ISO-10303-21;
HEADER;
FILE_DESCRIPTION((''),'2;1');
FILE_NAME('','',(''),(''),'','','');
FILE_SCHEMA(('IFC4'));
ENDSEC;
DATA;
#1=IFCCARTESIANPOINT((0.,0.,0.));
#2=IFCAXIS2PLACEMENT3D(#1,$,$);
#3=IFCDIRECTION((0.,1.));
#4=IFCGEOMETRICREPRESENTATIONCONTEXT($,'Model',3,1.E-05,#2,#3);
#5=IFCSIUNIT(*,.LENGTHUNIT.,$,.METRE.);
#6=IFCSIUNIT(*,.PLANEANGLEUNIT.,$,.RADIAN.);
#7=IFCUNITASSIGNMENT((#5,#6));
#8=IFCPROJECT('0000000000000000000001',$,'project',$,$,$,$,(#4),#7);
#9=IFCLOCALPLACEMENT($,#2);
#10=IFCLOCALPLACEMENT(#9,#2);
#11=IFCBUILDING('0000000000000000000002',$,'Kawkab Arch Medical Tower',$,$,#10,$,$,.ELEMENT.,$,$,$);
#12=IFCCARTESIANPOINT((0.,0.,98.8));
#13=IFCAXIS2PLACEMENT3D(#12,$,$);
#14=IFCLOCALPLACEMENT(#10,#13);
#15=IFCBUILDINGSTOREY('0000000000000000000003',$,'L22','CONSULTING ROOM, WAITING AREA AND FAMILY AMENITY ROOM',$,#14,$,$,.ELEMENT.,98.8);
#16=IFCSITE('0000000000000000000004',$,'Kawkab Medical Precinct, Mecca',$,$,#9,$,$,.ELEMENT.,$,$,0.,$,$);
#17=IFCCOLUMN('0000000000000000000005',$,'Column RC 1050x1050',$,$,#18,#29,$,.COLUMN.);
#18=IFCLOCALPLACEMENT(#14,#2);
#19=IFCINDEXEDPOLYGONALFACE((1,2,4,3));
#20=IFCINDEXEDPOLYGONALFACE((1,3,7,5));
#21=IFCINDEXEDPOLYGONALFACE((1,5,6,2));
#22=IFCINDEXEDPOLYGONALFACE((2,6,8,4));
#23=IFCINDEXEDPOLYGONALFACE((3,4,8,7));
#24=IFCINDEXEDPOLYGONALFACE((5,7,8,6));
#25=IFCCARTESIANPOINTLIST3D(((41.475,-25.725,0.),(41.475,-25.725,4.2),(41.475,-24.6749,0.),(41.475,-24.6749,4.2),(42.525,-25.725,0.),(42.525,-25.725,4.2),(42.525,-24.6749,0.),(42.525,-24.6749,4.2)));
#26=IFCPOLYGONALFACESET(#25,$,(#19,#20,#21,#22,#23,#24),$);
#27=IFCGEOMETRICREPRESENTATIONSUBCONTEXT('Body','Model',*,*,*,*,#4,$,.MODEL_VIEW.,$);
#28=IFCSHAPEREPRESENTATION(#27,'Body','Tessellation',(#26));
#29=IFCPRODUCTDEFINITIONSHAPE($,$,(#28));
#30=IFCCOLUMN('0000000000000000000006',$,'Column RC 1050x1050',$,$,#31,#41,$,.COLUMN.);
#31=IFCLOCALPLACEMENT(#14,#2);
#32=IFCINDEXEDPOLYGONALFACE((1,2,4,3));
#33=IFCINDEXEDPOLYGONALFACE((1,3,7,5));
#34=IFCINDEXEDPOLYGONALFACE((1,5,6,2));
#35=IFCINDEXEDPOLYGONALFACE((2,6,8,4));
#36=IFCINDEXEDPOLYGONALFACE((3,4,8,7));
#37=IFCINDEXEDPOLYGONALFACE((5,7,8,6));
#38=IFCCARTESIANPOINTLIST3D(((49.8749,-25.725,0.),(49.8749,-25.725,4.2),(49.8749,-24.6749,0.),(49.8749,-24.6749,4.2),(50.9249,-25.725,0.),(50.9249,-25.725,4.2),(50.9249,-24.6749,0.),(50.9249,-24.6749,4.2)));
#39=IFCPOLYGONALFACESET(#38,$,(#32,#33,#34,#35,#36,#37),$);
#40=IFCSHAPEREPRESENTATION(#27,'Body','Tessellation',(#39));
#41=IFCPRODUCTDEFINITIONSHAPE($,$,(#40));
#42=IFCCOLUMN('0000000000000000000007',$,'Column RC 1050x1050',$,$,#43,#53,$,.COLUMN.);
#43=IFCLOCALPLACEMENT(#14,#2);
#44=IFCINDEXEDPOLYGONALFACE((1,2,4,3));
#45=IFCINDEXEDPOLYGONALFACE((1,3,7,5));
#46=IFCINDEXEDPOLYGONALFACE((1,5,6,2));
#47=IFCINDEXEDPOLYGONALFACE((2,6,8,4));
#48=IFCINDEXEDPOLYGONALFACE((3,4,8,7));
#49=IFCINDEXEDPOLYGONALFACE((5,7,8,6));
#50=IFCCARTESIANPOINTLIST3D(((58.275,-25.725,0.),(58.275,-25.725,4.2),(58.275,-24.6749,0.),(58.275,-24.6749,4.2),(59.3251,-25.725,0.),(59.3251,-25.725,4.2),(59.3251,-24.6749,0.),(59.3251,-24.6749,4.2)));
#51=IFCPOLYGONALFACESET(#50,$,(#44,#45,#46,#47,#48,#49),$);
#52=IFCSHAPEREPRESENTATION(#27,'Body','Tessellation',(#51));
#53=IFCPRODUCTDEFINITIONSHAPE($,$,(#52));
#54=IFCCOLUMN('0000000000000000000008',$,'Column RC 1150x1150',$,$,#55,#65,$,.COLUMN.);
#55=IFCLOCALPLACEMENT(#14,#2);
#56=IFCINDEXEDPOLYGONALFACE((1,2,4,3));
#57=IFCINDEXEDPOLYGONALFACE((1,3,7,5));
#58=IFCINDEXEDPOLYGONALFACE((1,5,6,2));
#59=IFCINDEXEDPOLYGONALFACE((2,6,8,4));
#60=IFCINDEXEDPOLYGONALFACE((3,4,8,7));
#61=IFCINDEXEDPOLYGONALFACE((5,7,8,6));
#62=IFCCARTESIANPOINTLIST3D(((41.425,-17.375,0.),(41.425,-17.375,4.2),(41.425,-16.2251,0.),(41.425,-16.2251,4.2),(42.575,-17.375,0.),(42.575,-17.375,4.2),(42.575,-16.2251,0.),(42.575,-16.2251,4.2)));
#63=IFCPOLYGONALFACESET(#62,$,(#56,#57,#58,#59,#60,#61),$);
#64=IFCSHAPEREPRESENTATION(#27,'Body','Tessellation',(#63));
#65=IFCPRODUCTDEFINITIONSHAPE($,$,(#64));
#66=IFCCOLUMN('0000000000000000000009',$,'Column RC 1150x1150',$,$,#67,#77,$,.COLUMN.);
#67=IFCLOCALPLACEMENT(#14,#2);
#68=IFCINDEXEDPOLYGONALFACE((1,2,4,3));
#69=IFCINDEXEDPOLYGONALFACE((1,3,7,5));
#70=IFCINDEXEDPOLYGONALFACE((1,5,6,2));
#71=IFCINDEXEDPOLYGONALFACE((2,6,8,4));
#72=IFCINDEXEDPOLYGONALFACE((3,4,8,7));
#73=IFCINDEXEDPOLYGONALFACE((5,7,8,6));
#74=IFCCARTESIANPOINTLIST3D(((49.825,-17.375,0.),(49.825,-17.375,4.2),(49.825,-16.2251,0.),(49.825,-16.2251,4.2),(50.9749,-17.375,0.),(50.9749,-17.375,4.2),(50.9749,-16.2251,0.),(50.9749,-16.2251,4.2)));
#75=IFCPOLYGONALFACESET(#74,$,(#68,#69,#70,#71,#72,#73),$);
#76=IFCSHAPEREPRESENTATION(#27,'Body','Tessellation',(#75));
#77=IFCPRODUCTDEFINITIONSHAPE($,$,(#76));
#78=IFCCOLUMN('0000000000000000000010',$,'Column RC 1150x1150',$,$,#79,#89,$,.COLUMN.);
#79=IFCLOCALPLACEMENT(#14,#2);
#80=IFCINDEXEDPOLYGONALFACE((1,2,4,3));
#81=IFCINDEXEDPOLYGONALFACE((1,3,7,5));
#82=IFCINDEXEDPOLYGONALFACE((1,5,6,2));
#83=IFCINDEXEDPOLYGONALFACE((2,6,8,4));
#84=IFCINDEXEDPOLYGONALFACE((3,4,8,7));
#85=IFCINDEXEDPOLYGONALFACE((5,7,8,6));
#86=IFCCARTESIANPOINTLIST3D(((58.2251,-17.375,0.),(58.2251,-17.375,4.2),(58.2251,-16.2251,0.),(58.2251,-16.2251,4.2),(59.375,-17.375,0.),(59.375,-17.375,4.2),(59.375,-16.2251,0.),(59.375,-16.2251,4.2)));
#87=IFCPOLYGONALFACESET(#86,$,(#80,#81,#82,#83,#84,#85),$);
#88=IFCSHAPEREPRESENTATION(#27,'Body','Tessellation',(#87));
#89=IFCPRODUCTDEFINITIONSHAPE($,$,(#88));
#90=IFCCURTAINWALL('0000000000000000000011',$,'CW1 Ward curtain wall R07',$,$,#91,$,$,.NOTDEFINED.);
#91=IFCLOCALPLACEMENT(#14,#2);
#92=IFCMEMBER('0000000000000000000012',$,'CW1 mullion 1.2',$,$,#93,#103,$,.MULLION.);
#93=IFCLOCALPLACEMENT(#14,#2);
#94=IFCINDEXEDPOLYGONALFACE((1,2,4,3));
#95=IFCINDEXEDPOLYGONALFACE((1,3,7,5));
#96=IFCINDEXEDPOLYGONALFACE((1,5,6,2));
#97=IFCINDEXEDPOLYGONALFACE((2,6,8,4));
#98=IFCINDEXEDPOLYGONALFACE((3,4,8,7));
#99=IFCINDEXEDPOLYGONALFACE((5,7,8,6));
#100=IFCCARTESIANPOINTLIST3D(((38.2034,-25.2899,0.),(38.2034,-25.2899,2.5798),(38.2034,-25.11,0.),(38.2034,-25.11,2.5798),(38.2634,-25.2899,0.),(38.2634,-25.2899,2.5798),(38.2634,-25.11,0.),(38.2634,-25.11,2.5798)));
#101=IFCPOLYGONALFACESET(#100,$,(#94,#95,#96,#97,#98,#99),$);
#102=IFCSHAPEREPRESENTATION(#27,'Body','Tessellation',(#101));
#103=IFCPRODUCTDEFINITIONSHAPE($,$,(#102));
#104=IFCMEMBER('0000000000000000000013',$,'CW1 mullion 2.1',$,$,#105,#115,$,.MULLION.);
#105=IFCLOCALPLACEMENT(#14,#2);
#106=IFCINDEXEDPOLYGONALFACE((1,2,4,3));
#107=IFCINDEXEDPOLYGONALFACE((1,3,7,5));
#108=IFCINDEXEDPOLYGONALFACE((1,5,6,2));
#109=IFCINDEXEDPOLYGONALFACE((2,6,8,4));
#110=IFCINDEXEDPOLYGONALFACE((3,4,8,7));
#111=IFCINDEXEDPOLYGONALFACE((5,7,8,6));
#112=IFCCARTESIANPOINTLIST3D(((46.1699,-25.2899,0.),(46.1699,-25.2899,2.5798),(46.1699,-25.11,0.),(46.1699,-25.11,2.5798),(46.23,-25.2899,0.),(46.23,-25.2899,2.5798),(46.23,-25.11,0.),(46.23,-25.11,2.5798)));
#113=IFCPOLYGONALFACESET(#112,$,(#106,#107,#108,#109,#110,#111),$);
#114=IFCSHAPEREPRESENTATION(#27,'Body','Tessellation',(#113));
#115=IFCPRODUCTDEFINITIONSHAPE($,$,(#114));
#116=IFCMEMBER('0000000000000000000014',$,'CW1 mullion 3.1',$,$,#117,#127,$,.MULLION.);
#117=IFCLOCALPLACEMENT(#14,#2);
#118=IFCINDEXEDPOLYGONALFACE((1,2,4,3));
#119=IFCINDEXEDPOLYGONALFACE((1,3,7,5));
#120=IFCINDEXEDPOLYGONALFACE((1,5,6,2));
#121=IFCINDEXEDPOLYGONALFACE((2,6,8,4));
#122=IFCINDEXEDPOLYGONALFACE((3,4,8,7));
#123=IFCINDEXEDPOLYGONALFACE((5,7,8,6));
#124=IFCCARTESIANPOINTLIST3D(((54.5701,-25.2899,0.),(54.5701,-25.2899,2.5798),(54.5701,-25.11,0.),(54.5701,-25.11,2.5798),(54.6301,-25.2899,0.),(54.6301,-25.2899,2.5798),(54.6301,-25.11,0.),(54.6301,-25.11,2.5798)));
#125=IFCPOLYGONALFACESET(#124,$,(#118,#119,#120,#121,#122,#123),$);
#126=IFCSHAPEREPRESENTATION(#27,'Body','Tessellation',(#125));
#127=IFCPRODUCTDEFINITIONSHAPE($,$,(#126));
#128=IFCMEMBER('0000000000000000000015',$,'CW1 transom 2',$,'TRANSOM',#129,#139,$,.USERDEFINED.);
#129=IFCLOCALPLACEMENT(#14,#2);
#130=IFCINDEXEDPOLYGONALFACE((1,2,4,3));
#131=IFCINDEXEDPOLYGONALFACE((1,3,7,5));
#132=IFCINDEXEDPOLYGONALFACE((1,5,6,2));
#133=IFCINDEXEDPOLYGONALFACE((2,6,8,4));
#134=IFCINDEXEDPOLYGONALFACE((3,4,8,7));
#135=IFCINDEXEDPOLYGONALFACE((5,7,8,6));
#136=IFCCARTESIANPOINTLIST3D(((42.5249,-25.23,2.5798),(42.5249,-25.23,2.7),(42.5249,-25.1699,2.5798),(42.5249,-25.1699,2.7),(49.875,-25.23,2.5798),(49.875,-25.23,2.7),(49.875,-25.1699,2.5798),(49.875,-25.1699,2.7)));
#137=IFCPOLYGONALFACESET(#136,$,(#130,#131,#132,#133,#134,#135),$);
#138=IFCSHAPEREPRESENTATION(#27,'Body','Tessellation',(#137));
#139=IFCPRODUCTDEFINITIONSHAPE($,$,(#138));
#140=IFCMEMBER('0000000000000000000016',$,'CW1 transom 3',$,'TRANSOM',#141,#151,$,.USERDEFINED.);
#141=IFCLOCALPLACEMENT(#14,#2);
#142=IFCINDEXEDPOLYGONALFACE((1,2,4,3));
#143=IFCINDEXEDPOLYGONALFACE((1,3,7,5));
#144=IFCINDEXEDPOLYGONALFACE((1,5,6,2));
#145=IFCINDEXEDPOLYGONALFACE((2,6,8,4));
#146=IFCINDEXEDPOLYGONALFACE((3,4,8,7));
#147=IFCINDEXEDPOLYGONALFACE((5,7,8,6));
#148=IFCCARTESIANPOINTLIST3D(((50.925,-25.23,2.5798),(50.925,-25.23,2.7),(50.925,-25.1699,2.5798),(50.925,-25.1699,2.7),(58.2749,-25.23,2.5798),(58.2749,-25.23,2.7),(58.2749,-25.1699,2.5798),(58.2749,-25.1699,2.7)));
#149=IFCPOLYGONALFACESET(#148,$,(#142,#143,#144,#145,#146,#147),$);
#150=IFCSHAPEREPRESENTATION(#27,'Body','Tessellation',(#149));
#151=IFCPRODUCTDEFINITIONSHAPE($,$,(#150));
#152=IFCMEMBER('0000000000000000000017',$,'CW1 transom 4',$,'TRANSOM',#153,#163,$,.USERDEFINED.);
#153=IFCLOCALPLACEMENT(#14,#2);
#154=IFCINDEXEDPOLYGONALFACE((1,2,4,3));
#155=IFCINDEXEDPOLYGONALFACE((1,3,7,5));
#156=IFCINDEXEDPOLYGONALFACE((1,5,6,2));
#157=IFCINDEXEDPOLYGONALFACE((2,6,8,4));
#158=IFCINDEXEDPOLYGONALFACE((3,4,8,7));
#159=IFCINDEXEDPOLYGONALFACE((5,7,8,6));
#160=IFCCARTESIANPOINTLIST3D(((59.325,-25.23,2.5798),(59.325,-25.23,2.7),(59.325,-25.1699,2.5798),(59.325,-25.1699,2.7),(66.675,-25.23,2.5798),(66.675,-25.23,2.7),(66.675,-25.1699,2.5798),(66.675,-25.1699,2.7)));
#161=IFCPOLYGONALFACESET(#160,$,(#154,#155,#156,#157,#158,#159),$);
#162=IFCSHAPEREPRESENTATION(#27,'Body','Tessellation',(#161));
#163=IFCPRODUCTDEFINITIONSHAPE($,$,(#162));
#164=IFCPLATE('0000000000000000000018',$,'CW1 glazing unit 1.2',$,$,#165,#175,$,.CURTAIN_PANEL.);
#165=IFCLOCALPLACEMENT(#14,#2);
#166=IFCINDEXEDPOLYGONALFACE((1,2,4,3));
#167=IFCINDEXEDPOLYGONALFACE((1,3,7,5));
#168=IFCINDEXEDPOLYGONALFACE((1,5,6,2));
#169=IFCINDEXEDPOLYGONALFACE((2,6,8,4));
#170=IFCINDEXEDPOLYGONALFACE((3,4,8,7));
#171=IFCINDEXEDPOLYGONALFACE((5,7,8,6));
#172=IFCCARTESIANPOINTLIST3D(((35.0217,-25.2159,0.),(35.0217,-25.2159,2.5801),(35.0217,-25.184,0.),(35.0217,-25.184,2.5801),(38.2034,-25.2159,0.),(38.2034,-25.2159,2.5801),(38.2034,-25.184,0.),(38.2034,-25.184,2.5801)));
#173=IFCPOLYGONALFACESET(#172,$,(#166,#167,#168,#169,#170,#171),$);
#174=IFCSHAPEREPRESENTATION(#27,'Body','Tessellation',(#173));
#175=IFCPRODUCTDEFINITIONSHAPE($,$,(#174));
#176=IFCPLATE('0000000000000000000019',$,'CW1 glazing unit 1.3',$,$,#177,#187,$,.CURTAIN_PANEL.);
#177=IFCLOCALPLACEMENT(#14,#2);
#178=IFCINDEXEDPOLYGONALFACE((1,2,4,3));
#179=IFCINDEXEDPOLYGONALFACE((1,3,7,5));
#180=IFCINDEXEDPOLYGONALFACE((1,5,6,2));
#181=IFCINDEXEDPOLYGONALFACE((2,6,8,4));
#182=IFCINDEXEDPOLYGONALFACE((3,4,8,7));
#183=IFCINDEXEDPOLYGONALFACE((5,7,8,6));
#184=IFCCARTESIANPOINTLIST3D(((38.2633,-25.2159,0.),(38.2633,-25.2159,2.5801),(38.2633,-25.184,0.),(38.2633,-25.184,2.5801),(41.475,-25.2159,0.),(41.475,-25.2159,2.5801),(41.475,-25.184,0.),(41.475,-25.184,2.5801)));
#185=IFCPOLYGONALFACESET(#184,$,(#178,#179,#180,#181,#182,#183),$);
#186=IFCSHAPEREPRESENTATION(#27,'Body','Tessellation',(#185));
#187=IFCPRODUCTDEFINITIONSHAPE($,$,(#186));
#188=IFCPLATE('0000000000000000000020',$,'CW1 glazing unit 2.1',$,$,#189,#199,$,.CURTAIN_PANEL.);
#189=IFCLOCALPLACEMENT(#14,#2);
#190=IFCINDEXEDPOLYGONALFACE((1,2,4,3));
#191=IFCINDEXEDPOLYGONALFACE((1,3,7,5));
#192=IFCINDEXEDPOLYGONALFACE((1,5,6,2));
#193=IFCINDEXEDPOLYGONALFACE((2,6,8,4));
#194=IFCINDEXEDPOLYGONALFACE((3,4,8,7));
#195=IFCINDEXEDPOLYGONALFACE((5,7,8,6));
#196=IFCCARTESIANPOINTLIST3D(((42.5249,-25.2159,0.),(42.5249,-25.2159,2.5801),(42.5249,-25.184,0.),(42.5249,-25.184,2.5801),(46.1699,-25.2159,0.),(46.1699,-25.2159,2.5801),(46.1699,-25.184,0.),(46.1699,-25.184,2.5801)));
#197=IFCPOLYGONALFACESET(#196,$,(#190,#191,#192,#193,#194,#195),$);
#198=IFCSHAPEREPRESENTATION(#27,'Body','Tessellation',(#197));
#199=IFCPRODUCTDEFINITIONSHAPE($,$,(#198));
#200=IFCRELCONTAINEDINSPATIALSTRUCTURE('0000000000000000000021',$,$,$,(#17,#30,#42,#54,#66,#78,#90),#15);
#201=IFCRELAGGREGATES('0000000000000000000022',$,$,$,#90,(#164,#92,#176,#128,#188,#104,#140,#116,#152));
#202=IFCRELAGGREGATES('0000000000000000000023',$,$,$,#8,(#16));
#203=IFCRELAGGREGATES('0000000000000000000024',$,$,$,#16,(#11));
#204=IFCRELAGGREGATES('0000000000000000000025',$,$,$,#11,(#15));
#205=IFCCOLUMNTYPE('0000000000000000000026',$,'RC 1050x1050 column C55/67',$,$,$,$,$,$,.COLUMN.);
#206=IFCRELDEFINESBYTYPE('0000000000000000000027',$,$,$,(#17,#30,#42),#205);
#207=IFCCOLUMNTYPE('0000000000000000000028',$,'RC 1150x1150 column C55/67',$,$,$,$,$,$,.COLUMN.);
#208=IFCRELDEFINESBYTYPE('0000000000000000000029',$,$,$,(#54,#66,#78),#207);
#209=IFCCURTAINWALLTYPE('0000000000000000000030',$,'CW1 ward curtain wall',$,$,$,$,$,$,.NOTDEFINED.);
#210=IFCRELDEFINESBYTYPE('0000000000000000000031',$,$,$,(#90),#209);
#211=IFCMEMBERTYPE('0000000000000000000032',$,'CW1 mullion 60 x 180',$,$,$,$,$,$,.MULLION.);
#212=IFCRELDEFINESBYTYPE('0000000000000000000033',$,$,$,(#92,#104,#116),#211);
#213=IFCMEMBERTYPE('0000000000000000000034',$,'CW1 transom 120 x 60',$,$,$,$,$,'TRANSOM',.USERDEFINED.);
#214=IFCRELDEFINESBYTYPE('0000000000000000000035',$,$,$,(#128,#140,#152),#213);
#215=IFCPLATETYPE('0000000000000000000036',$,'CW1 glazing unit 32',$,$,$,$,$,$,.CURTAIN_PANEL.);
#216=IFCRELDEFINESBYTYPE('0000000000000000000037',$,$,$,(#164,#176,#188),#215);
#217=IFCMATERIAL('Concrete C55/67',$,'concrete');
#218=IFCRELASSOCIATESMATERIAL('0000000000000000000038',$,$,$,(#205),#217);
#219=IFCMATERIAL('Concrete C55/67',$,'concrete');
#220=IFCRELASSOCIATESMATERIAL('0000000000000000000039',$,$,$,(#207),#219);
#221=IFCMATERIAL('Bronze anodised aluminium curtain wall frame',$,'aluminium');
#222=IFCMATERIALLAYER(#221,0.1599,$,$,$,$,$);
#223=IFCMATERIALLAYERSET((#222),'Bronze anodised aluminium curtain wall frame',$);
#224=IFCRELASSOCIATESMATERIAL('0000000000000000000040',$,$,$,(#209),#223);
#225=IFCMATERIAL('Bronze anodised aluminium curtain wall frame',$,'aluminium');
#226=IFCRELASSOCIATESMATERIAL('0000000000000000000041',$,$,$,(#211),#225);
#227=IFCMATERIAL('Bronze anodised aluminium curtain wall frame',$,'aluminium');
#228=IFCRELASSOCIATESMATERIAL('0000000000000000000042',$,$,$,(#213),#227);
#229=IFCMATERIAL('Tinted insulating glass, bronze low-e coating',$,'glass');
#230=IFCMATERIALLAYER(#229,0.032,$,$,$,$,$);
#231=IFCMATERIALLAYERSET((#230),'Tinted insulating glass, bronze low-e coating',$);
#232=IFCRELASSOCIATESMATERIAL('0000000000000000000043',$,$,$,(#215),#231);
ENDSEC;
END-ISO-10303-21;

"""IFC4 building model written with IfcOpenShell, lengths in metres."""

from ifc_helpers import new_model, si_unit, direction, frame, origin, origin_2d, place, context, subcontext, project, spatial, rectangle, extrude, material, layer, layer_set, material_profile, profile_set, type_object, element, aggregate, save


model = new_model("IFC4")

# Units and contexts
model_context = context("Model", 3, precision=1e-05, world=origin(), true_north=direction((0.0, 1.0)))
body_context = subcontext(model_context, "Body", "Model", "MODEL_VIEW")
ifc_project = project(units=[si_unit("LENGTHUNIT", "METRE"), si_unit("PLANEANGLEUNIT", "RADIAN")], contexts=[model_context])

# Site, building, storey
site_placement = place(None, origin())
site = spatial("IfcSite", under=ifc_project, at=site_placement, Name="Kawkab Medical Precinct, Mecca", CompositionType="ELEMENT", RefElevation=0.0)
building_placement = place(site_placement, origin())
building = spatial("IfcBuilding", under=site, at=building_placement, Name="Kawkab Arch Medical Tower", CompositionType="ELEMENT")
storey_placement = place(building_placement, frame((0.0, 0.0, 98.8)))
storey = spatial("IfcBuildingStorey", under=building, at=storey_placement, Name="L22", Description="CONSULTING ROOM, WAITING AREA AND FAMILY AMENITY ROOM", CompositionType="ELEMENT", Elevation=98.8)

# Columns
ifc_material_1 = material(Name="Concrete C55/67", Category="concrete")
ifc_material_profile_1 = material_profile(ifc_material_1, rectangle(XDim=1.05, YDim=1.05, at=origin_2d()), Name="RC 1050x1050")
ifc_profile_set_1 = profile_set([ifc_material_profile_1], Name="Concrete C55/67")
column_type_1 = type_object("IfcColumnType", Name="RC 1050x1050 column C55/67", PredefinedType="COLUMN", material=ifc_profile_set_1)
for number, where, z_axis, x_axis, name in (
    (1, (42.0, -25.2, 0.0), (0.0, 0.0, 1.0), (1.0, 0.0, 0.0), "Column RC 1050x1050"),
    (2, (50.3999, -25.2, 0.0), (0.0, 0.0, 1.0), (1.0, 0.0, 0.0), "Column RC 1050x1050"),
    (3, (58.8, -25.2, 0.0), (0.0, 0.0, 1.0), (1.0, 0.0, 0.0), "Column RC 1050x1050"),
):
    element("IfcColumn", number, at=place(storey_placement, frame(where, z_axis=z_axis, x_axis=x_axis)), inside=storey, type_object=column_type_1, Name=name, PredefinedType="COLUMN", context=body_context, shape_type="SweptSolid", body=[
        extrude(rectangle(XDim=1.05, YDim=1.05, at=origin_2d()), origin(), (0.0, 0.0, 1.0), 4.2),
    ])
ifc_material_2 = material(Name="Concrete C55/67", Category="concrete")
ifc_material_profile_2 = material_profile(ifc_material_2, rectangle(XDim=1.1499, YDim=1.1499, at=origin_2d()), Name="RC 1150x1150")
ifc_profile_set_2 = profile_set([ifc_material_profile_2], Name="Concrete C55/67")
column_type_2 = type_object("IfcColumnType", Name="RC 1150x1150 column C55/67", PredefinedType="COLUMN", material=ifc_profile_set_2)
for number, where, z_axis, x_axis, name in (
    (4, (42.0, -16.8, 0.0), (0.0, 0.0, 1.0), (1.0, 0.0, 0.0), "Column RC 1150x1150"),
    (5, (50.3999, -16.8, 0.0), (0.0, 0.0, 1.0), (1.0, 0.0, 0.0), "Column RC 1150x1150"),
    (6, (58.8, -16.8, 0.0), (0.0, 0.0, 1.0), (1.0, 0.0, 0.0), "Column RC 1150x1150"),
):
    element("IfcColumn", number, at=place(storey_placement, frame(where, z_axis=z_axis, x_axis=x_axis)), inside=storey, type_object=column_type_2, Name=name, PredefinedType="COLUMN", context=body_context, shape_type="SweptSolid", body=[
        extrude(rectangle(XDim=1.1499, YDim=1.1499, at=origin_2d()), origin(), (0.0, 0.0, 1.0), 4.2),
    ])

# Curtain wall, members, plates
ifc_material_3 = material(Name="Bronze anodised aluminium curtain wall frame", Category="aluminium")
ifc_layer_1 = layer(ifc_material_3, 0.1599)
ifc_layer_set_1 = layer_set([ifc_layer_1], Name="Bronze anodised aluminium curtain wall frame")
curtain_wall_type = type_object("IfcCurtainWallType", Name="CW1 ward curtain wall", PredefinedType="NOTDEFINED", material=ifc_layer_set_1)
curtain_wall_placement = place(storey_placement, origin())
curtain_wall = element("IfcCurtainWall", 7, at=curtain_wall_placement, inside=storey, type_object=curtain_wall_type, Name="CW1 Ward curtain wall R07", PredefinedType="NOTDEFINED")
ifc_material_4 = material(Name="Bronze anodised aluminium curtain wall frame", Category="aluminium")
ifc_material_profile_3 = material_profile(ifc_material_4, rectangle(XDim=0.1799, YDim=0.0601, at=origin_2d()), Name="AL 60x180")
ifc_profile_set_3 = profile_set([ifc_material_profile_3], Name="Bronze anodised aluminium curtain wall frame")
member_type_1 = type_object("IfcMemberType", Name="CW1 mullion 60 x 180", PredefinedType="MULLION", material=ifc_profile_set_3)
member_1_placement = place(storey_placement, frame((38.2334, -25.2, 0.0), z_axis=(0.0, 0.0, 1.0), x_axis=(0.0, 1.0, 0.0)))
member_1 = element("IfcMember", 8, at=member_1_placement, type_object=member_type_1, Name="CW1 mullion 1.2", PredefinedType="MULLION", context=body_context, shape_type="SweptSolid", body=[
    extrude(rectangle(XDim=0.1799, YDim=0.0601, at=origin_2d()), origin(), (0.0, 0.0, 1.0), 2.5798),
])
member_2_placement = place(storey_placement, frame((46.2, -25.2, 0.0), z_axis=(0.0, 0.0, 1.0), x_axis=(0.0, 1.0, 0.0)))
member_2 = element("IfcMember", 9, at=member_2_placement, type_object=member_type_1, Name="CW1 mullion 2.1", PredefinedType="MULLION", context=body_context, shape_type="SweptSolid", body=[
    extrude(rectangle(XDim=0.1799, YDim=0.0601, at=origin_2d()), origin(), (0.0, 0.0, 1.0), 2.5798),
])
member_3_placement = place(storey_placement, frame((54.6001, -25.2, 0.0), z_axis=(0.0, 0.0, 1.0), x_axis=(0.0, 1.0, 0.0)))
member_3 = element("IfcMember", 10, at=member_3_placement, type_object=member_type_1, Name="CW1 mullion 3.1", PredefinedType="MULLION", context=body_context, shape_type="SweptSolid", body=[
    extrude(rectangle(XDim=0.1799, YDim=0.0601, at=origin_2d()), origin(), (0.0, 0.0, 1.0), 2.5798),
])
ifc_material_5 = material(Name="Bronze anodised aluminium curtain wall frame", Category="aluminium")
ifc_material_profile_4 = material_profile(ifc_material_5, rectangle(XDim=0.0601, YDim=0.1201, at=origin_2d()), Name="AL 60x120")
ifc_profile_set_4 = profile_set([ifc_material_profile_4], Name="Bronze anodised aluminium curtain wall frame")
member_type_2 = type_object("IfcMemberType", Name="CW1 transom 120 x 60", ElementType="TRANSOM", PredefinedType="USERDEFINED", material=ifc_profile_set_4)
member_4_placement = place(storey_placement, frame((42.5249, -25.2, 2.6399), z_axis=(1.0, 0.0, 0.0), x_axis=(0.0, 1.0, 0.0)))
member_4 = element("IfcMember", 11, at=member_4_placement, type_object=member_type_2, Name="CW1 transom 2", ObjectType="TRANSOM", PredefinedType="USERDEFINED", context=body_context, shape_type="SweptSolid", body=[
    extrude(rectangle(XDim=0.0601, YDim=0.1201, at=origin_2d()), origin(), (0.0, 0.0, 1.0), 7.3501),
])
member_5_placement = place(storey_placement, frame((50.925, -25.2, 2.6399), z_axis=(1.0, 0.0, 0.0), x_axis=(0.0, 1.0, 0.0)))
member_5 = element("IfcMember", 12, at=member_5_placement, type_object=member_type_2, Name="CW1 transom 3", ObjectType="TRANSOM", PredefinedType="USERDEFINED", context=body_context, shape_type="SweptSolid", body=[
    extrude(rectangle(XDim=0.0601, YDim=0.1201, at=origin_2d()), origin(), (0.0, 0.0, 1.0), 7.3499),
])
member_6_placement = place(storey_placement, frame((59.325, -25.2, 2.6399), z_axis=(1.0, 0.0, 0.0), x_axis=(0.0, 1.0, 0.0)))
member_6 = element("IfcMember", 13, at=member_6_placement, type_object=member_type_2, Name="CW1 transom 4", ObjectType="TRANSOM", PredefinedType="USERDEFINED", context=body_context, shape_type="SweptSolid", body=[
    extrude(rectangle(XDim=0.0601, YDim=0.1201, at=origin_2d()), origin(), (0.0, 0.0, 1.0), 7.3501),
])
ifc_material_6 = material(Name="Tinted insulating glass, bronze low-e coating", Category="glass")
ifc_layer_2 = layer(ifc_material_6, 0.032)
ifc_layer_set_2 = layer_set([ifc_layer_2], Name="Tinted insulating glass, bronze low-e coating")
plate_type = type_object("IfcPlateType", Name="CW1 glazing unit 32", PredefinedType="CURTAIN_PANEL", material=ifc_layer_set_2)
plate_1_placement = place(storey_placement, frame((36.6125, -25.2, 0.0), z_axis=(0.0, 0.0, 1.0), x_axis=(1.0, 0.0, 0.0)))
plate_1 = element("IfcPlate", 14, at=plate_1_placement, type_object=plate_type, Name="CW1 glazing unit 1.2", PredefinedType="CURTAIN_PANEL", context=body_context, shape_type="SweptSolid", body=[
    extrude(rectangle(XDim=3.1816, YDim=0.032, at=origin_2d()), origin(), (0.0, 0.0, 1.0), 2.5801),
])
plate_2_placement = place(storey_placement, frame((39.8691, -25.2, 0.0), z_axis=(0.0, 0.0, 1.0), x_axis=(1.0, 0.0, 0.0)))
plate_2 = element("IfcPlate", 15, at=plate_2_placement, type_object=plate_type, Name="CW1 glazing unit 1.3", PredefinedType="CURTAIN_PANEL", context=body_context, shape_type="SweptSolid", body=[
    extrude(rectangle(XDim=3.2117, YDim=0.032, at=origin_2d()), origin(), (0.0, 0.0, 1.0), 2.5801),
])
plate_3_placement = place(storey_placement, frame((44.3474, -25.2, 0.0), z_axis=(0.0, 0.0, 1.0), x_axis=(1.0, 0.0, 0.0)))
plate_3 = element("IfcPlate", 16, at=plate_3_placement, type_object=plate_type, Name="CW1 glazing unit 2.1", PredefinedType="CURTAIN_PANEL", context=body_context, shape_type="SweptSolid", body=[
    extrude(rectangle(XDim=3.645, YDim=0.032, at=origin_2d()), origin(), (0.0, 0.0, 1.0), 2.5801),
])
aggregate(curtain_wall, [plate_1, member_1, plate_2, member_4, plate_3, member_2, member_5, member_3, member_6])

save(model, "model.ifc")
